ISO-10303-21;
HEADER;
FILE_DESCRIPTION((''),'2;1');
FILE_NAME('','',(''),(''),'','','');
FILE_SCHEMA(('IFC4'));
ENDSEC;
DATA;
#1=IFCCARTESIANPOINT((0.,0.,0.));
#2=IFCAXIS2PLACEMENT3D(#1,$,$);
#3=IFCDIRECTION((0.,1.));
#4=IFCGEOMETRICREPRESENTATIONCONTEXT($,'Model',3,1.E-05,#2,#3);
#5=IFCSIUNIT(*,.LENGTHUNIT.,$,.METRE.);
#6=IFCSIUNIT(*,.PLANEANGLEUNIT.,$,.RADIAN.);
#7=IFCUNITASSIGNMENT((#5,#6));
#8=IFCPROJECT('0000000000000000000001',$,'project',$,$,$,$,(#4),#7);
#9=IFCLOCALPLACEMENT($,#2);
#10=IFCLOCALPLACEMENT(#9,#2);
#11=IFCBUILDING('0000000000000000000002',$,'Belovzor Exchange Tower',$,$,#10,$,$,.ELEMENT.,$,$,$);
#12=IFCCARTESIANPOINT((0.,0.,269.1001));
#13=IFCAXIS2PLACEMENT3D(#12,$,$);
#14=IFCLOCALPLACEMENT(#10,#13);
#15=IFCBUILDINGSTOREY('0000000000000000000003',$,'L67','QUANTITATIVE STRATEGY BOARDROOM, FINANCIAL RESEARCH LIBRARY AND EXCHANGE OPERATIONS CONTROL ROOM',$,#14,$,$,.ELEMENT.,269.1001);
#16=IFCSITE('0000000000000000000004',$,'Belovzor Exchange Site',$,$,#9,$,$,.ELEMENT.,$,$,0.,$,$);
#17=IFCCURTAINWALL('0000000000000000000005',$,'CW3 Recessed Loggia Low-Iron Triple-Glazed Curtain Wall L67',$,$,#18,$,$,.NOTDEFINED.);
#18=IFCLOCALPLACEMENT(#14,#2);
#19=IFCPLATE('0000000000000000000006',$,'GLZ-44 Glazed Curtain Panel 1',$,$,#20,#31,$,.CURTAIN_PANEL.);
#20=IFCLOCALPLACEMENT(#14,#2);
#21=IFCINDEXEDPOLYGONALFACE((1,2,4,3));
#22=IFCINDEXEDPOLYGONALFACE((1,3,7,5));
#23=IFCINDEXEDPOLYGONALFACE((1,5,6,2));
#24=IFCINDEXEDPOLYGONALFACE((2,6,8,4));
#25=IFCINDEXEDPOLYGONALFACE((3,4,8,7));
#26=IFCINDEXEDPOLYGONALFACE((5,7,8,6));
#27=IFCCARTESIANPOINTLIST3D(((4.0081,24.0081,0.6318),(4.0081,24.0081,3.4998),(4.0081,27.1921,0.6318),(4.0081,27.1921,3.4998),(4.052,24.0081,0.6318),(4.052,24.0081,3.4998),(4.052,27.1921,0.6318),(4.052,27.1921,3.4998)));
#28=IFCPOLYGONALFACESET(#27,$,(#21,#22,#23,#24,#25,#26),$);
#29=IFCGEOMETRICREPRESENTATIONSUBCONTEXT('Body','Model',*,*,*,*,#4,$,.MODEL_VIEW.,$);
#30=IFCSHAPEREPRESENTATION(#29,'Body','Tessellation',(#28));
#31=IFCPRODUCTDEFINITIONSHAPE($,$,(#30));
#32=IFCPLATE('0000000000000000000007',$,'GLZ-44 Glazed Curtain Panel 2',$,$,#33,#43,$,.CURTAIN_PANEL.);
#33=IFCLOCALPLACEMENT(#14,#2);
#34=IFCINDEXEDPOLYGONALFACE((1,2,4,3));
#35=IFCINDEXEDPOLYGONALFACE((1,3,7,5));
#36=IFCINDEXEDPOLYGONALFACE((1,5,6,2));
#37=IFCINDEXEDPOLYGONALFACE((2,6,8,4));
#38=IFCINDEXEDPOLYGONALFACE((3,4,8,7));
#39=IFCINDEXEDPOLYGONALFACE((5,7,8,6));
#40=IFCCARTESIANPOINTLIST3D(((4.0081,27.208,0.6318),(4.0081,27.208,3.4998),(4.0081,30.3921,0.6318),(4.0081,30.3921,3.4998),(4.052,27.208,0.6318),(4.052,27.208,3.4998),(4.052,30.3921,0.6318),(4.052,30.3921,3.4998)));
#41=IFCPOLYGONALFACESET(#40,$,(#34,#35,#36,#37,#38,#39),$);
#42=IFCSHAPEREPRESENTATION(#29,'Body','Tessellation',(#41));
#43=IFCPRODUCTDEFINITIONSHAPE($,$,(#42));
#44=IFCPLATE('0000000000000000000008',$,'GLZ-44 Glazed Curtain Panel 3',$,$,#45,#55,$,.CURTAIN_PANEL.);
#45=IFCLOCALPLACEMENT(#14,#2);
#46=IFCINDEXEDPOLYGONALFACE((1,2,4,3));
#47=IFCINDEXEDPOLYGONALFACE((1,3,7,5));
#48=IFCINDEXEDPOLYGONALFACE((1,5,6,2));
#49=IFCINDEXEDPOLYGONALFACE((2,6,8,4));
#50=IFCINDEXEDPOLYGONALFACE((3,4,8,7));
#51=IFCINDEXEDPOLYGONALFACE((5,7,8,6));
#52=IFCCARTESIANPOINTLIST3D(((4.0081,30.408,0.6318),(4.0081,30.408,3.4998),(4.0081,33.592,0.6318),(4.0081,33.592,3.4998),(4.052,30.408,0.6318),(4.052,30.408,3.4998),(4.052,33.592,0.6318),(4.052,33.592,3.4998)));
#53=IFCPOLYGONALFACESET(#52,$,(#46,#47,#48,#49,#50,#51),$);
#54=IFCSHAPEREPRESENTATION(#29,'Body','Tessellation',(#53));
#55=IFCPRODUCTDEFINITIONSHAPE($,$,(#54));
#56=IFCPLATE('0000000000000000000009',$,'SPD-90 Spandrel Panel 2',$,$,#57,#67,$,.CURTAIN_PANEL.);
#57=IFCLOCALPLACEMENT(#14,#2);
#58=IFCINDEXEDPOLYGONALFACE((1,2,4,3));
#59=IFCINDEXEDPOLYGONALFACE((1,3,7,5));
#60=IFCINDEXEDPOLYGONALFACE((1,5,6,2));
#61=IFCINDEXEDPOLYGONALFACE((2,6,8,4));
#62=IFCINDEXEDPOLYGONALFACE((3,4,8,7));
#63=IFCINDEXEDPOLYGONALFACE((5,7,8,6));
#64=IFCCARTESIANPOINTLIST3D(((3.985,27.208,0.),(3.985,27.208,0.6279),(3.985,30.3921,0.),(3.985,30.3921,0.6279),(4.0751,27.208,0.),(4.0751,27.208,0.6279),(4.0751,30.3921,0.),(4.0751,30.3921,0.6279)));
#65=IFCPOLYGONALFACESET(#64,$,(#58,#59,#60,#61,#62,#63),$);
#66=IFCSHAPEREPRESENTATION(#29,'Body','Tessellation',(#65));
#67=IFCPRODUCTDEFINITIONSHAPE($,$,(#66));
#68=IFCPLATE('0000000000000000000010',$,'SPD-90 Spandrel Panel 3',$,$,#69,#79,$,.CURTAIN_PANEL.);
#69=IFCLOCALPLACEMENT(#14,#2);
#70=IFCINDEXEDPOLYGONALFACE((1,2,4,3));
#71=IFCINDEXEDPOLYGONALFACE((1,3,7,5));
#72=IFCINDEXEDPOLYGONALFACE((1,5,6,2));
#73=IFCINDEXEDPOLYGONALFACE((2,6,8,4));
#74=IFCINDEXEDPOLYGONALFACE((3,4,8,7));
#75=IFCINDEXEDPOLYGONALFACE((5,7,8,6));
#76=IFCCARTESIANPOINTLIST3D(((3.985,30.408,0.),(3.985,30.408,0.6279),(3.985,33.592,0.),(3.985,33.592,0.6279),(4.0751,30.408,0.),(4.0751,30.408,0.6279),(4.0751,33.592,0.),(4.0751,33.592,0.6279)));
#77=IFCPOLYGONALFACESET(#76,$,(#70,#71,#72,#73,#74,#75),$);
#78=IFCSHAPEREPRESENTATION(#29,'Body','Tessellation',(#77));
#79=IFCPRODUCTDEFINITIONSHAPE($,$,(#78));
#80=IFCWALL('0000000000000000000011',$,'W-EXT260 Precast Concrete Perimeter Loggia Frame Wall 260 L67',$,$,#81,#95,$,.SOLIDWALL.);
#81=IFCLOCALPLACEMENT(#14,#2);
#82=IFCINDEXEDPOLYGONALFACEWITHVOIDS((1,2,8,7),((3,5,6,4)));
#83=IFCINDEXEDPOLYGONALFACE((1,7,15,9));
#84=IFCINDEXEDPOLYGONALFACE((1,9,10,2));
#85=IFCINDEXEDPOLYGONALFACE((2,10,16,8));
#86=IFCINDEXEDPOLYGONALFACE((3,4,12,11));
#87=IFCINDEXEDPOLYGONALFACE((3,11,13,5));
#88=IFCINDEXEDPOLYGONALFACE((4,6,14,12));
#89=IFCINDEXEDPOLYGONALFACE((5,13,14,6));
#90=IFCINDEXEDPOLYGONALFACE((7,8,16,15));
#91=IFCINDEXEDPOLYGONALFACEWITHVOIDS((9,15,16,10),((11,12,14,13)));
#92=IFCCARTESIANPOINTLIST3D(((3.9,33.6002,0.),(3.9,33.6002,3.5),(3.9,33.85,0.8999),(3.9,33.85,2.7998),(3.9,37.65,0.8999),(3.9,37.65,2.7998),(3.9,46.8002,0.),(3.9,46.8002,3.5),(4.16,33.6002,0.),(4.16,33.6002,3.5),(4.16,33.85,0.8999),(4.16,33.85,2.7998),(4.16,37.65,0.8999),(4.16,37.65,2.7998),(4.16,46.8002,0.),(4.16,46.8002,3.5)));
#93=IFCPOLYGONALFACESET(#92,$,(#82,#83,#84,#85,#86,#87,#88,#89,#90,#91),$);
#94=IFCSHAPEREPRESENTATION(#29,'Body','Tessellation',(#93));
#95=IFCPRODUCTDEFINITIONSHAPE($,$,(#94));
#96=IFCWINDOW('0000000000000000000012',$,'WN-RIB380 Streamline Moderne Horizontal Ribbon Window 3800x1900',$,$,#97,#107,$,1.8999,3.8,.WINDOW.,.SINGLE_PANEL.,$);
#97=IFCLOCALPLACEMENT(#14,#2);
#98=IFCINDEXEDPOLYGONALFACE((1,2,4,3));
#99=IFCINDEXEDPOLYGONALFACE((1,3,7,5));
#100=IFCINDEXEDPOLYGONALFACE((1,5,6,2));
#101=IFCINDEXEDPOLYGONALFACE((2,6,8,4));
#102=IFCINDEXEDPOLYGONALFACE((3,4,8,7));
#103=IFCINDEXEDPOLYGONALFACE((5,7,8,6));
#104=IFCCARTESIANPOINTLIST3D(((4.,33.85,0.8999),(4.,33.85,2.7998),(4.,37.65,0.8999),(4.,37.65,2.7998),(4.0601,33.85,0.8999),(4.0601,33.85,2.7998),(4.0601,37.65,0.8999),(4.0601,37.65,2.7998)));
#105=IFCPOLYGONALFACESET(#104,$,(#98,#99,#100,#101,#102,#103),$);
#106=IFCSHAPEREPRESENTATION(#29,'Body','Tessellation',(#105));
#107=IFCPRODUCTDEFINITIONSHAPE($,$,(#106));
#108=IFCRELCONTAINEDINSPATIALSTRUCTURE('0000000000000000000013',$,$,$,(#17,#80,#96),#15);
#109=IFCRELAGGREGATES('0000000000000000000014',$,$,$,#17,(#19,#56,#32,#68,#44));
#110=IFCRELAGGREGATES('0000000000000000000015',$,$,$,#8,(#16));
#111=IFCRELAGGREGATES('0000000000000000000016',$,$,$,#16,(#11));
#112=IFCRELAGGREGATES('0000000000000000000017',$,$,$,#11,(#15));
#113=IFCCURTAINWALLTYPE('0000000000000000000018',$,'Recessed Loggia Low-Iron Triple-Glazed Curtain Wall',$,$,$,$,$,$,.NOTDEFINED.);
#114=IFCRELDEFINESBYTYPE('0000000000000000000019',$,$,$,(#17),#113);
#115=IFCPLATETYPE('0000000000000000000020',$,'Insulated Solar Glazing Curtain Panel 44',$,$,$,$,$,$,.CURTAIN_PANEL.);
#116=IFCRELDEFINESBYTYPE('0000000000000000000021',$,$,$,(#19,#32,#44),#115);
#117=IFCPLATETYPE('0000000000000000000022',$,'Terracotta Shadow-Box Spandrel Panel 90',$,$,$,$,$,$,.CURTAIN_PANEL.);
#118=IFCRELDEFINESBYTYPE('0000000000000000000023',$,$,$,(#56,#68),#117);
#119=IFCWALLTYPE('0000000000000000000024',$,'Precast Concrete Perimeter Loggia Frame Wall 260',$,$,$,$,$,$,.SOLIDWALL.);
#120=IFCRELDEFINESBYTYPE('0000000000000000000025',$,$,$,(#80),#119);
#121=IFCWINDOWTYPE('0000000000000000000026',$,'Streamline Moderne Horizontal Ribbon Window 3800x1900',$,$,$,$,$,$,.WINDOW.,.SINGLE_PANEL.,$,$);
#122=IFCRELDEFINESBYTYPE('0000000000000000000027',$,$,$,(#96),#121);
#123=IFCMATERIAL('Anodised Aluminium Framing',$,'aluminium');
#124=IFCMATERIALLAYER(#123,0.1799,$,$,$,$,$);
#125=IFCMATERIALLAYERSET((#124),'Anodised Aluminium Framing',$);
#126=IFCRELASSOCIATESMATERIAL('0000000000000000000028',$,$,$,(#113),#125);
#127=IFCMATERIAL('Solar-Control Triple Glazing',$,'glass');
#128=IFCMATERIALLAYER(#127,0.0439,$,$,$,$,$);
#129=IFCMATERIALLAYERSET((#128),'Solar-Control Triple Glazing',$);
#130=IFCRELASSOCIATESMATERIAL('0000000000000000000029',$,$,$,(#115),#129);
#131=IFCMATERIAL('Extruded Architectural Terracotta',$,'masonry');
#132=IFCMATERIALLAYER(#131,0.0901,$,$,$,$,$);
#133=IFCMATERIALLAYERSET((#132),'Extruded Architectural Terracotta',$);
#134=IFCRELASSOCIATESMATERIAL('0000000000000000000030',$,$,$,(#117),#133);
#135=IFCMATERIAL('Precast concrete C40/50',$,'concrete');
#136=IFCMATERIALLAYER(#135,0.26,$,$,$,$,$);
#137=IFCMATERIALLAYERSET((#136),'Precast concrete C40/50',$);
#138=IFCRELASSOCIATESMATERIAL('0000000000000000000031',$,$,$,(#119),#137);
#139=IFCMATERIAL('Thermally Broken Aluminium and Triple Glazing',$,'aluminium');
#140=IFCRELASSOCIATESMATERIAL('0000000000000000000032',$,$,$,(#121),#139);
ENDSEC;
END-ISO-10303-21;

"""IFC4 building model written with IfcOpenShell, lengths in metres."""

from ifc_helpers import new_model, si_unit, direction, frame, frame_2d, origin, origin_2d, place, context, subcontext, project, spatial, rectangle, extrude, material, layer, layer_set, type_object, element, fill, aggregate, save


model = new_model("IFC4")

# Units and contexts
model_context = context("Model", 3, precision=1e-05, world=origin(), true_north=direction((0.0, 1.0)))
body_context = subcontext(model_context, "Body", "Model", "MODEL_VIEW")
ifc_project = project(units=[si_unit("LENGTHUNIT", "METRE"), si_unit("PLANEANGLEUNIT", "RADIAN")], contexts=[model_context])

# Site, building, storey
site_placement = place(None, origin())
site = spatial("IfcSite", under=ifc_project, at=site_placement, Name="Belovzor Exchange Site", CompositionType="ELEMENT", RefElevation=0.0)
building_placement = place(site_placement, origin())
building = spatial("IfcBuilding", under=site, at=building_placement, Name="Belovzor Exchange Tower", CompositionType="ELEMENT")
storey_placement = place(building_placement, frame((0.0, 0.0, 269.1001)))
storey = spatial("IfcBuildingStorey", under=building, at=storey_placement, Name="L67", Description="QUANTITATIVE STRATEGY BOARDROOM, FINANCIAL RESEARCH LIBRARY AND EXCHANGE OPERATIONS CONTROL ROOM", CompositionType="ELEMENT", Elevation=269.1001)

# Curtain wall
ifc_material_1 = material(Name="Anodised Aluminium Framing", Category="aluminium")
ifc_layer_1 = layer(ifc_material_1, 0.1799)
ifc_layer_set_1 = layer_set([ifc_layer_1], Name="Anodised Aluminium Framing")
curtain_wall_type = type_object("IfcCurtainWallType", Name="Recessed Loggia Low-Iron Triple-Glazed Curtain Wall", PredefinedType="NOTDEFINED", material=ifc_layer_set_1)
curtain_wall_placement = place(storey_placement, origin())
curtain_wall = element("IfcCurtainWall", 1, at=curtain_wall_placement, inside=storey, type_object=curtain_wall_type, Name="CW3 Recessed Loggia Low-Iron Triple-Glazed Curtain Wall L67", PredefinedType="NOTDEFINED")

# Plates
ifc_material_2 = material(Name="Solar-Control Triple Glazing", Category="glass")
ifc_layer_2 = layer(ifc_material_2, 0.0439)
ifc_layer_set_2 = layer_set([ifc_layer_2], Name="Solar-Control Triple Glazing")
plate_type_1 = type_object("IfcPlateType", Name="Insulated Solar Glazing Curtain Panel 44", PredefinedType="CURTAIN_PANEL", material=ifc_layer_set_2)
plate_1_placement = place(storey_placement, frame((4.03, 25.6001, 0.6318), z_axis=(0.0, 0.0, 1.0), x_axis=(0.0, 1.0, 0.0)))
plate_1 = element("IfcPlate", 2, at=plate_1_placement, type_object=plate_type_1, Name="GLZ-44 Glazed Curtain Panel 1", PredefinedType="CURTAIN_PANEL", context=body_context, shape_type="SweptSolid", body=[
    extrude(rectangle(XDim=3.1841, YDim=0.0439, at=origin_2d()), origin(), (0.0, 0.0, 1.0), 2.8679),
])
plate_2_placement = place(storey_placement, frame((4.03, 28.8, 0.6318), z_axis=(0.0, 0.0, 1.0), x_axis=(0.0, 1.0, 0.0)))
plate_2 = element("IfcPlate", 3, at=plate_2_placement, type_object=plate_type_1, Name="GLZ-44 Glazed Curtain Panel 2", PredefinedType="CURTAIN_PANEL", context=body_context, shape_type="SweptSolid", body=[
    extrude(rectangle(XDim=3.1841, YDim=0.0439, at=origin_2d()), origin(), (0.0, 0.0, 1.0), 2.8679),
])
plate_3_placement = place(storey_placement, frame((4.03, 32.0, 0.6318), z_axis=(0.0, 0.0, 1.0), x_axis=(0.0, 1.0, 0.0)))
plate_3 = element("IfcPlate", 4, at=plate_3_placement, type_object=plate_type_1, Name="GLZ-44 Glazed Curtain Panel 3", PredefinedType="CURTAIN_PANEL", context=body_context, shape_type="SweptSolid", body=[
    extrude(rectangle(XDim=3.1841, YDim=0.0439, at=origin_2d()), origin(), (0.0, 0.0, 1.0), 2.8679),
])
ifc_material_3 = material(Name="Extruded Architectural Terracotta", Category="masonry")
ifc_layer_3 = layer(ifc_material_3, 0.0901)
ifc_layer_set_3 = layer_set([ifc_layer_3], Name="Extruded Architectural Terracotta")
plate_type_2 = type_object("IfcPlateType", Name="Terracotta Shadow-Box Spandrel Panel 90", PredefinedType="CURTAIN_PANEL", material=ifc_layer_set_3)
plate_4_placement = place(storey_placement, frame((4.03, 28.8, 0.0), z_axis=(0.0, 0.0, 1.0), x_axis=(0.0, 1.0, 0.0)))
plate_4 = element("IfcPlate", 5, at=plate_4_placement, type_object=plate_type_2, Name="SPD-90 Spandrel Panel 2", PredefinedType="CURTAIN_PANEL", context=body_context, shape_type="SweptSolid", body=[
    extrude(rectangle(XDim=3.1841, YDim=0.0901, at=origin_2d()), origin(), (0.0, 0.0, 1.0), 0.6279),
])
plate_5_placement = place(storey_placement, frame((4.03, 32.0, 0.0), z_axis=(0.0, 0.0, 1.0), x_axis=(0.0, 1.0, 0.0)))
plate_5 = element("IfcPlate", 6, at=plate_5_placement, type_object=plate_type_2, Name="SPD-90 Spandrel Panel 3", PredefinedType="CURTAIN_PANEL", context=body_context, shape_type="SweptSolid", body=[
    extrude(rectangle(XDim=3.1841, YDim=0.0901, at=origin_2d()), origin(), (0.0, 0.0, 1.0), 0.6279),
])
aggregate(curtain_wall, [plate_1, plate_4, plate_2, plate_5, plate_3])

# Wall, opening, window
ifc_material_4 = material(Name="Precast concrete C40/50", Category="concrete")
ifc_layer_4 = layer(ifc_material_4, 0.26)
ifc_layer_set_4 = layer_set([ifc_layer_4], Name="Precast concrete C40/50")
wall_type = type_object("IfcWallType", Name="Precast Concrete Perimeter Loggia Frame Wall 260", PredefinedType="SOLIDWALL", material=ifc_layer_set_4)
wall_placement = place(storey_placement, frame((4.03, 33.6001, 0.0), z_axis=(0.0, 0.0, 1.0), x_axis=(0.0, 1.0, 0.0)))
wall = element("IfcWall", 7, at=wall_placement, inside=storey, type_object=wall_type, Name="W-EXT260 Precast Concrete Perimeter Loggia Frame Wall 260 L67", PredefinedType="SOLIDWALL", context=body_context, shape_type="SweptSolid", body=[
    extrude(rectangle(XDim=13.2, YDim=0.26, at=frame_2d((6.6001, 0.0))), origin(), (0.0, 0.0, 1.0), 3.5),
])
opening_placement = place(wall_placement, frame((0.25, 0.0, 0.8999)))
opening = element("IfcOpeningElement", 8, at=opening_placement, cuts=wall, PredefinedType="OPENING", context=body_context, shape_type="SweptSolid", body=[
    extrude(rectangle(XDim=3.8, YDim=1.8999, at=frame_2d((1.8999, 0.95))), frame((0.0, 0.1399, 0.0), z_axis=(0.0, -1.0, 0.0), x_axis=(1.0, 0.0, 0.0)), (0.0, 0.0, 1.0), 0.28),
])
ifc_material_5 = material(Name="Thermally Broken Aluminium and Triple Glazing", Category="aluminium")
window_type = type_object("IfcWindowType", Name="Streamline Moderne Horizontal Ribbon Window 3800x1900", PartitioningType="SINGLE_PANEL", PredefinedType="WINDOW", material=ifc_material_5)
window_placement = place(opening_placement, origin())
window = element("IfcWindow", 9, at=window_placement, inside=storey, type_object=window_type, Name="WN-RIB380 Streamline Moderne Horizontal Ribbon Window 3800x1900", OverallHeight=1.8999, OverallWidth=3.8, PartitioningType="SINGLE_PANEL", PredefinedType="WINDOW", context=body_context, shape_type="SweptSolid", body=[
    extrude(rectangle(XDim=3.8, YDim=1.8999, at=frame_2d((1.8999, 0.95))), frame((0.0, 0.03, 0.0), z_axis=(0.0, -1.0, 0.0), x_axis=(1.0, 0.0, 0.0)), (0.0, 0.0, 1.0), 0.0601),
])
fill(opening, window)

save(model, "model.ifc")
